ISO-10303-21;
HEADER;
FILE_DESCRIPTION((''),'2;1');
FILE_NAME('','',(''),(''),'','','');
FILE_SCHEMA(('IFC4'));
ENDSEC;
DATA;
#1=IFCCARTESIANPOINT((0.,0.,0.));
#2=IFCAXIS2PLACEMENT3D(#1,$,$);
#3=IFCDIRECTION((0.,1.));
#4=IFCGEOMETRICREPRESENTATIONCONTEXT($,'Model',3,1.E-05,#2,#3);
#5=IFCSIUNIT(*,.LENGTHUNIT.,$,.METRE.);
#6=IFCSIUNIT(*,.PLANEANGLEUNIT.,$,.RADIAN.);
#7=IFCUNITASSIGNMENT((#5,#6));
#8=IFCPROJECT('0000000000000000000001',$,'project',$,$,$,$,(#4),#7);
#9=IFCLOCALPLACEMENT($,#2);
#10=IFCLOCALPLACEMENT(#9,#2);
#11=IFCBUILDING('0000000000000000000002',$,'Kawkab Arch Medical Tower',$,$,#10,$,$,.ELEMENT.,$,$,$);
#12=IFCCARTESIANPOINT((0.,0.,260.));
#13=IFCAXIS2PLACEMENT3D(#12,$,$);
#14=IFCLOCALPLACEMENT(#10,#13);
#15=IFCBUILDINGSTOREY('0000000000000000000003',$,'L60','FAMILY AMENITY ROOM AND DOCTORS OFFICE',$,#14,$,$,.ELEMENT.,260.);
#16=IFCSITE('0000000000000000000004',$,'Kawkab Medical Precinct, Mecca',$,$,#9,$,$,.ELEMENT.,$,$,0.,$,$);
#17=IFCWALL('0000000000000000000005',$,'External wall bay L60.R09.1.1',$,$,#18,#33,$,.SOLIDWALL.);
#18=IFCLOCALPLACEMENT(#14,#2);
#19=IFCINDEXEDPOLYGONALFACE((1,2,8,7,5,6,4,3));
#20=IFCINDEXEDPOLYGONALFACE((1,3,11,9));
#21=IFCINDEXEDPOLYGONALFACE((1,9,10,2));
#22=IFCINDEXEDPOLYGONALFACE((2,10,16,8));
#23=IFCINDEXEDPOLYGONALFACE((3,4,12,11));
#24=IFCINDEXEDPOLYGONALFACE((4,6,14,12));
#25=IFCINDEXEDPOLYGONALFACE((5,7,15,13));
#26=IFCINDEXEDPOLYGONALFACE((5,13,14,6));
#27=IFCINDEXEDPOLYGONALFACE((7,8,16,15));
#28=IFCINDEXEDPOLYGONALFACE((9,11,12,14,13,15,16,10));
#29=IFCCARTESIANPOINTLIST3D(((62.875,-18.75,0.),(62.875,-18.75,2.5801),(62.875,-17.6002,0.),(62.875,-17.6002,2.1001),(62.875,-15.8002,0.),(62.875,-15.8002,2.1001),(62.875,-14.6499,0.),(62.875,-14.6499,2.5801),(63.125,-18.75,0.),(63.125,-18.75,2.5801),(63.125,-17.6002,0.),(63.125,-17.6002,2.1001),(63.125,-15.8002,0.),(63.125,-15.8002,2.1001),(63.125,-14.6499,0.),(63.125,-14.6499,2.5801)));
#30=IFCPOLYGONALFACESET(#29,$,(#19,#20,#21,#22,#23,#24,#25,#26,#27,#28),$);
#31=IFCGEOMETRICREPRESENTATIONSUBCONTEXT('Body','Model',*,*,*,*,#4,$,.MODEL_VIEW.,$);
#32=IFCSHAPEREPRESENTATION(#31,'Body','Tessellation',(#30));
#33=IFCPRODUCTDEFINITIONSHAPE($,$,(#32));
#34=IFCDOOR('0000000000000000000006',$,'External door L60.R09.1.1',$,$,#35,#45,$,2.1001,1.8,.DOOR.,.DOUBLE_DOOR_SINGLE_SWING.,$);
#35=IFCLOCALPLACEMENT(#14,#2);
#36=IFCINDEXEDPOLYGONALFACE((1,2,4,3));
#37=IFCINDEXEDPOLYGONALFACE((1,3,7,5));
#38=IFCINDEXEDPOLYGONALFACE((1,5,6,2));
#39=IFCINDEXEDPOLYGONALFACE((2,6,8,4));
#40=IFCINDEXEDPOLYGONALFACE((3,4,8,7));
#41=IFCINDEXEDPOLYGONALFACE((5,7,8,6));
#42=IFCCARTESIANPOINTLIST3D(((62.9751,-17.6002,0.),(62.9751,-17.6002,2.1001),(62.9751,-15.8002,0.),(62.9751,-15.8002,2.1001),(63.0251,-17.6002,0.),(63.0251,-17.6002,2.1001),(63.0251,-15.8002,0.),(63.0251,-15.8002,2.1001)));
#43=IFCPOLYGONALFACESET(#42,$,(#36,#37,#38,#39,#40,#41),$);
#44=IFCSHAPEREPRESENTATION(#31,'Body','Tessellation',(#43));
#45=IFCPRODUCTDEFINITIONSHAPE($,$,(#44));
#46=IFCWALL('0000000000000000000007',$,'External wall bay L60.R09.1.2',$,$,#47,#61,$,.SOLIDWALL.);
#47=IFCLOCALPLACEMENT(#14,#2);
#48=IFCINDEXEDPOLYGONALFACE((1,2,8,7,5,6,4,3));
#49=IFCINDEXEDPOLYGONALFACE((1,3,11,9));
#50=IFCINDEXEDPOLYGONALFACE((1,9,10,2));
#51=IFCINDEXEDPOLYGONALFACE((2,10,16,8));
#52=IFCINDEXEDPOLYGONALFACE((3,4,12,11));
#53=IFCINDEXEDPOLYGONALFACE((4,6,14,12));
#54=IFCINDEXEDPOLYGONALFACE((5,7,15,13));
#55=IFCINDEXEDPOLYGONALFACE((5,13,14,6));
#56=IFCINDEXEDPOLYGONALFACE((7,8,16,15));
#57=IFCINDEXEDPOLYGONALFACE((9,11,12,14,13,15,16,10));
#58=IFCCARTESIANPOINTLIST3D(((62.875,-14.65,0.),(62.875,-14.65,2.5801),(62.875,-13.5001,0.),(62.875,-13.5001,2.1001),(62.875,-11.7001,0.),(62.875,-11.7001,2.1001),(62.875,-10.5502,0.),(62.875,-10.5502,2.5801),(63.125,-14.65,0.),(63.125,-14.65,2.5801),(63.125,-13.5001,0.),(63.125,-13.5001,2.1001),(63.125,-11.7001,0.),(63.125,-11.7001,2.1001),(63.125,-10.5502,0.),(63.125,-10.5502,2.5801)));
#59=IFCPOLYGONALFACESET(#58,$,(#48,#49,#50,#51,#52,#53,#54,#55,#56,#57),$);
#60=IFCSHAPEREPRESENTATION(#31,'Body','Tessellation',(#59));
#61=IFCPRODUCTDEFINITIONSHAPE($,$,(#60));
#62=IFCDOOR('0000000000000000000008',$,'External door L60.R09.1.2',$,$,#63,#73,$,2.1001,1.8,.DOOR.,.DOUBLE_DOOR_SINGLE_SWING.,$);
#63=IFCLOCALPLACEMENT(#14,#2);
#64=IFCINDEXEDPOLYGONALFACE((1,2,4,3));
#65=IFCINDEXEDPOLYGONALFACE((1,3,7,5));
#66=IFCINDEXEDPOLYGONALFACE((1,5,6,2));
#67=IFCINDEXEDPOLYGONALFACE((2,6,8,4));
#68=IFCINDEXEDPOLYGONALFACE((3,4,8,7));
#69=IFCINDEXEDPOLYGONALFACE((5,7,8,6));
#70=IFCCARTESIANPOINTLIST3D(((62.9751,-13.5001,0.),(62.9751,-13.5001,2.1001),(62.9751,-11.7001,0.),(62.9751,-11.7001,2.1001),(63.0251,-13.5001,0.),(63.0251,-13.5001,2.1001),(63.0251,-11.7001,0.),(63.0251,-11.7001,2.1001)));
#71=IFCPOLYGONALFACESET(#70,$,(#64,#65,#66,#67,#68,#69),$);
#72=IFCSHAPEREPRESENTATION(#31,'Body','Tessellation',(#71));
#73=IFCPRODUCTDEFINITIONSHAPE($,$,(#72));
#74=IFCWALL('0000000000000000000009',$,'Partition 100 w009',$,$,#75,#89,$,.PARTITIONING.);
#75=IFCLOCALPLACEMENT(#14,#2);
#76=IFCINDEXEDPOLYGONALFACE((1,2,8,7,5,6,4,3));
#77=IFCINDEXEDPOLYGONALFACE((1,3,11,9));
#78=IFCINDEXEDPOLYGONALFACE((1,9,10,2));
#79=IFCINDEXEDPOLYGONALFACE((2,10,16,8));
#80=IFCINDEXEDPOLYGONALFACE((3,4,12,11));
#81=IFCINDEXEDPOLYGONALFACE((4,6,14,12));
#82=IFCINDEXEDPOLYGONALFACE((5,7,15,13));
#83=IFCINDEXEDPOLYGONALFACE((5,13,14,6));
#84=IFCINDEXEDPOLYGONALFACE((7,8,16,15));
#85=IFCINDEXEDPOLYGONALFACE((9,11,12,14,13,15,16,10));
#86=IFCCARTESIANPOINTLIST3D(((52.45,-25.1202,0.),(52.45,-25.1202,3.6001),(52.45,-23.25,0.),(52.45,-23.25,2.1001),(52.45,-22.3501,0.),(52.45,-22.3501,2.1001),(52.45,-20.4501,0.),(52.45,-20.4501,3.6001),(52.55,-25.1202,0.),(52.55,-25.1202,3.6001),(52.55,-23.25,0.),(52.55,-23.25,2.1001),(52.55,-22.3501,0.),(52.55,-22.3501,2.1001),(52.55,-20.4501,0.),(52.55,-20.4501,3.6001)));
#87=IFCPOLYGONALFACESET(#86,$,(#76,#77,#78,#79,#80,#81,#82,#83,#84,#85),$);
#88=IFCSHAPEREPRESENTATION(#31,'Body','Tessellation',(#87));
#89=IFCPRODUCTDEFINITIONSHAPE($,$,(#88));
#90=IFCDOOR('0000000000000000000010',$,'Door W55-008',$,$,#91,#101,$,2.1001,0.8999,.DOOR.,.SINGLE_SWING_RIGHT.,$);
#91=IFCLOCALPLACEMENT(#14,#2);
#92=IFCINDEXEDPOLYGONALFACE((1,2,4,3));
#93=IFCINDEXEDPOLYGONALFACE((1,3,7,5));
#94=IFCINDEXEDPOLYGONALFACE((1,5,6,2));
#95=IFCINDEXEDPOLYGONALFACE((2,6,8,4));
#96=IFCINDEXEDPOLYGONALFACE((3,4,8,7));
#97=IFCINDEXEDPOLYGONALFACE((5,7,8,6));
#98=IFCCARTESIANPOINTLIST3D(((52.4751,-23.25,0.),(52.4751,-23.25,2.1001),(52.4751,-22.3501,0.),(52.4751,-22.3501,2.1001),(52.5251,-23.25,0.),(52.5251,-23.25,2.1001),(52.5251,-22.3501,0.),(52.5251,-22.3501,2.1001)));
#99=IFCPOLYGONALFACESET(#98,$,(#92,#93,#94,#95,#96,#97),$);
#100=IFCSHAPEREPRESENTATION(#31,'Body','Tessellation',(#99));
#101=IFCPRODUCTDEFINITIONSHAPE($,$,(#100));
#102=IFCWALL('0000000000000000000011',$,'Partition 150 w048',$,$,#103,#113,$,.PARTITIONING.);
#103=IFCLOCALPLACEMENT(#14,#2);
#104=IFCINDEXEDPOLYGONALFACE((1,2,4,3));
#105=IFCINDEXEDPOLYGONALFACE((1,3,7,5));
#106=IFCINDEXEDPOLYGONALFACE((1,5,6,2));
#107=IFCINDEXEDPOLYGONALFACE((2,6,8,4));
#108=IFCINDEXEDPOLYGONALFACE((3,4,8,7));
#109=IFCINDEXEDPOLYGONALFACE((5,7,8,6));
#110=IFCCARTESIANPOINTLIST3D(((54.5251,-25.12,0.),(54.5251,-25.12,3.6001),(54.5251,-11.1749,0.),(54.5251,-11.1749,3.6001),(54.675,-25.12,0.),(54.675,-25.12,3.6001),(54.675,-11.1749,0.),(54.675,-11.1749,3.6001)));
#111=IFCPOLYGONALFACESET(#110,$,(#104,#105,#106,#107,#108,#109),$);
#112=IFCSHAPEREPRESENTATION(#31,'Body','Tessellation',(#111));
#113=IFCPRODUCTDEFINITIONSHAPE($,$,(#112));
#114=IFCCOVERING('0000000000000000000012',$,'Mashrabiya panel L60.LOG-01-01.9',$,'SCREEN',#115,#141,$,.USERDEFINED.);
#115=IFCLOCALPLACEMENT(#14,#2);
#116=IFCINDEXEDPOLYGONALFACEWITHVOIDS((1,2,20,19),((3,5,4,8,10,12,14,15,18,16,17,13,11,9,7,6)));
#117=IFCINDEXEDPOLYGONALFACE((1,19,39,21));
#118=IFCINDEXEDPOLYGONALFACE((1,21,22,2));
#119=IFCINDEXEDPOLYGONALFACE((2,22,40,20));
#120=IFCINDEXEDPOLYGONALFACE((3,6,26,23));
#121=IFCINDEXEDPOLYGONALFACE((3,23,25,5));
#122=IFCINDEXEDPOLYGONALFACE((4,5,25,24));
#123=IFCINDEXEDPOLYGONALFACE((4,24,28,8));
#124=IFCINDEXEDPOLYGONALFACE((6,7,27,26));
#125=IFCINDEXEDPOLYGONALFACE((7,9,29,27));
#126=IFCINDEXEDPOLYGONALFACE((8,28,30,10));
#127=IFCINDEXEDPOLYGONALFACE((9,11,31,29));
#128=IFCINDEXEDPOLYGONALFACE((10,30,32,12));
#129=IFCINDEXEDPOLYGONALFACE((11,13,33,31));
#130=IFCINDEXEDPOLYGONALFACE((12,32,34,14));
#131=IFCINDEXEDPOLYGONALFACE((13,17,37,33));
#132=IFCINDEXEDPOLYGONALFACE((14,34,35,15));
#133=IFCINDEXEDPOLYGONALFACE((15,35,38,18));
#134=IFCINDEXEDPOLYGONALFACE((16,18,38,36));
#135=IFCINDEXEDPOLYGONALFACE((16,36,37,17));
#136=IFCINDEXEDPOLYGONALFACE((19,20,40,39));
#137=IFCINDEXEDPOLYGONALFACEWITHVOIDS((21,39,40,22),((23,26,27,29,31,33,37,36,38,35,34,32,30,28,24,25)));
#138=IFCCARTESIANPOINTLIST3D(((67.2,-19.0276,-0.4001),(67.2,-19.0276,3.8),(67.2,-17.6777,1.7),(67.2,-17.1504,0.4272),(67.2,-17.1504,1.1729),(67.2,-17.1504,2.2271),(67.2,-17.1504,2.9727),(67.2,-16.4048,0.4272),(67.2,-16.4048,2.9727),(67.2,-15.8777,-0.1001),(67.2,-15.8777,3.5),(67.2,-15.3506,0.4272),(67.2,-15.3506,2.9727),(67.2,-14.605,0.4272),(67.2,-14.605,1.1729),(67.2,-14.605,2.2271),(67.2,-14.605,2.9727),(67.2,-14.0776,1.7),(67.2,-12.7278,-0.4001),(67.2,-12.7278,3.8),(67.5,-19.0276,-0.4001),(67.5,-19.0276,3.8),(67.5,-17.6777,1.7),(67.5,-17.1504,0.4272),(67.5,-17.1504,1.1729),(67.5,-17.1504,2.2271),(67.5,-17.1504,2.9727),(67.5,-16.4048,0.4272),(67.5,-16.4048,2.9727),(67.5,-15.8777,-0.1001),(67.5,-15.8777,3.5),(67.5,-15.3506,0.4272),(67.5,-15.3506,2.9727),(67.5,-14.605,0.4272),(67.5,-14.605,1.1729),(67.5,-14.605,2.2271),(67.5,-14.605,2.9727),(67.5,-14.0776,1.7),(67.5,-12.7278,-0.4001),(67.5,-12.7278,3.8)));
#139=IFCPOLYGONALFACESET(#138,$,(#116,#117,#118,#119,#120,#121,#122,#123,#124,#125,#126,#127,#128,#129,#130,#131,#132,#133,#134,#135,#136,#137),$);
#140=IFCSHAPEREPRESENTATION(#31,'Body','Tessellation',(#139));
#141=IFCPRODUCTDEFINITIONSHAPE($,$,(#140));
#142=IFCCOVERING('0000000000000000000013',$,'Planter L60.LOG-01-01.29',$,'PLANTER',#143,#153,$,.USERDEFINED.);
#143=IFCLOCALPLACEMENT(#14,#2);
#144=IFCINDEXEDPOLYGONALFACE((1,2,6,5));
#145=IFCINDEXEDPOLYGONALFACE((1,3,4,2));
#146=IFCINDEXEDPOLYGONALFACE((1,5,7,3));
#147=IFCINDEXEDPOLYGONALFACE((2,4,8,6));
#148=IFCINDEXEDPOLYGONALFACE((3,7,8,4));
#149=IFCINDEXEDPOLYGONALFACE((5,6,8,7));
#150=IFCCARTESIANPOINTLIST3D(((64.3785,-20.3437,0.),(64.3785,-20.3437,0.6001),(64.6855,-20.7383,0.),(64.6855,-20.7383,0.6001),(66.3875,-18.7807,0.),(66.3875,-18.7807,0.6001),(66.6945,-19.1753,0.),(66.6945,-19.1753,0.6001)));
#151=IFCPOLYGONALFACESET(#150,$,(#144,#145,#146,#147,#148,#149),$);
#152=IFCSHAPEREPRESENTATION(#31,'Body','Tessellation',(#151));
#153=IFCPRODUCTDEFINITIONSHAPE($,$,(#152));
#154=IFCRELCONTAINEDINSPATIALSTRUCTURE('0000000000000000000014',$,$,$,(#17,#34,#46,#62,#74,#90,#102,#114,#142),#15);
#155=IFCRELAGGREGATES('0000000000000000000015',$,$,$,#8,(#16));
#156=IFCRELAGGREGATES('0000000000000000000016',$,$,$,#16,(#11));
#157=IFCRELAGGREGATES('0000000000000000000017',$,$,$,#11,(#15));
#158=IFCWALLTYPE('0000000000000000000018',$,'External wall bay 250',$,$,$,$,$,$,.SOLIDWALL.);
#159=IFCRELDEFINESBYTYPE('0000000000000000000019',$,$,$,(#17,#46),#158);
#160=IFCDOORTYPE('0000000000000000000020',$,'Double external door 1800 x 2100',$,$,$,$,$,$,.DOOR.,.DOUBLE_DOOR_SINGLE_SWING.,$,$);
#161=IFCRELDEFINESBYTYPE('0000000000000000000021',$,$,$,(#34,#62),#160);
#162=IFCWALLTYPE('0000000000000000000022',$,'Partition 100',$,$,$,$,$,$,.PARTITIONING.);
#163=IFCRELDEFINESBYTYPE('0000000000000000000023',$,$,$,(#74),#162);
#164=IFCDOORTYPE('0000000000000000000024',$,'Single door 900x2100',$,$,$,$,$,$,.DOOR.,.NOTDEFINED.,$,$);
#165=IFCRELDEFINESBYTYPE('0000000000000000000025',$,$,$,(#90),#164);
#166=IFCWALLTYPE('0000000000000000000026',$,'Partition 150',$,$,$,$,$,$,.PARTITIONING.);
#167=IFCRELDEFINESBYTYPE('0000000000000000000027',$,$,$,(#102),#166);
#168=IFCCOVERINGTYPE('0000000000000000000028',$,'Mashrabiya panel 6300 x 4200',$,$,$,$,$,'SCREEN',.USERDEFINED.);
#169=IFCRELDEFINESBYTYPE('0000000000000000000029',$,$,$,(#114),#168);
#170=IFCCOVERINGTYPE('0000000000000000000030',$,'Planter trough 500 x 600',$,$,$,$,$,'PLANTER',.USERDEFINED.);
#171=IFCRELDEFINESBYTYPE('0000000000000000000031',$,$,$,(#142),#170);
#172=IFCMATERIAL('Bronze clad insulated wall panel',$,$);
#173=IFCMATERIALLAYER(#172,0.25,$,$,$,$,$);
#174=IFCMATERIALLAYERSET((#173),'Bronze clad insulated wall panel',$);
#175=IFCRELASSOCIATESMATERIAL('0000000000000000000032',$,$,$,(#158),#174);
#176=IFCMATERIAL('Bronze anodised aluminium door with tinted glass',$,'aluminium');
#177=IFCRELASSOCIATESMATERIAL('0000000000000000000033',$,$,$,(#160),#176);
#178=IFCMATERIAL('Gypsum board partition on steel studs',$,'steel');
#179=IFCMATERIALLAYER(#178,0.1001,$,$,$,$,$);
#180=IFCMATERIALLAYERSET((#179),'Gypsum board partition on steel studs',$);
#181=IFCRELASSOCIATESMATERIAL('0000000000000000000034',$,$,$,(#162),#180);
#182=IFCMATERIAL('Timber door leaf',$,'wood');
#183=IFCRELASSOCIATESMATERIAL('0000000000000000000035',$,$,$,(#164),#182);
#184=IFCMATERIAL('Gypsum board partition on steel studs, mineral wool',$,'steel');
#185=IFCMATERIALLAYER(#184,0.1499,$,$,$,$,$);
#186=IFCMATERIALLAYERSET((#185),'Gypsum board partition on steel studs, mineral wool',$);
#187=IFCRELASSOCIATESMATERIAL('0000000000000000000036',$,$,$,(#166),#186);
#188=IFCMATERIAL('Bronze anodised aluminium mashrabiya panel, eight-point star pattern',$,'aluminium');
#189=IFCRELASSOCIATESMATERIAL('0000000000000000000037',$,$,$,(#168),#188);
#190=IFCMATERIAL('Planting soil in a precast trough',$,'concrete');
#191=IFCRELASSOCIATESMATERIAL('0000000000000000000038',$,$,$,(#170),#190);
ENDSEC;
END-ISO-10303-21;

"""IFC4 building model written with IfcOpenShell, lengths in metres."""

from ifc_helpers import new_model, si_unit, direction, frame, frame_2d, origin, origin_2d, place, context, subcontext, project, spatial, polyline, rectangle, outline, extrude, material, layer, layer_set, material_profile, profile_set, type_object, element, fill, save


model = new_model("IFC4")

# Units and contexts
model_context = context("Model", 3, precision=1e-05, world=origin(), true_north=direction((0.0, 1.0)))
body_context = subcontext(model_context, "Body", "Model", "MODEL_VIEW")
ifc_project = project(units=[si_unit("LENGTHUNIT", "METRE"), si_unit("PLANEANGLEUNIT", "RADIAN")], contexts=[model_context])

# Site, building, storey
site_placement = place(None, origin())
site = spatial("IfcSite", under=ifc_project, at=site_placement, Name="Kawkab Medical Precinct, Mecca", CompositionType="ELEMENT", RefElevation=0.0)
building_placement = place(site_placement, origin())
building = spatial("IfcBuilding", under=site, at=building_placement, Name="Kawkab Arch Medical Tower", CompositionType="ELEMENT")
storey_placement = place(building_placement, frame((0.0, 0.0, 260.0)))
storey = spatial("IfcBuildingStorey", under=building, at=storey_placement, Name="L60", Description="FAMILY AMENITY ROOM AND DOCTORS OFFICE", CompositionType="ELEMENT", Elevation=260.0)

# Walls, openings, doors
ifc_material_1 = material(Name="Bronze clad insulated wall panel")
ifc_layer_1 = layer(ifc_material_1, 0.25)
ifc_layer_set_1 = layer_set([ifc_layer_1], Name="Bronze clad insulated wall panel")
wall_type_1 = type_object("IfcWallType", Name="External wall bay 250", PredefinedType="SOLIDWALL", material=ifc_layer_set_1)
wall_1_placement = place(storey_placement, frame((63.0, -18.75, 0.0), z_axis=(0.0, 0.0, 1.0), x_axis=(0.0, 1.0, 0.0)))
wall_1 = element("IfcWall", 1, at=wall_1_placement, inside=storey, type_object=wall_type_1, Name="External wall bay L60.R09.1.1", PredefinedType="SOLIDWALL", context=body_context, shape_type="SweptSolid", body=[
    extrude(rectangle(XDim=4.1001, YDim=0.25, at=frame_2d((2.05, 0.0))), origin(), (0.0, 0.0, 1.0), 2.5801),
])
opening_1_placement = place(wall_1_placement, frame((1.1499, 0.0, 0.0)))
opening_1 = element("IfcOpeningElement", 2, at=opening_1_placement, cuts=wall_1, PredefinedType="OPENING", context=body_context, shape_type="SweptSolid", body=[
    extrude(rectangle(XDim=1.8, YDim=2.1001, at=frame_2d((0.8999, 1.05))), frame((0.0, 0.135, 0.0), z_axis=(0.0, -1.0, 0.0), x_axis=(1.0, 0.0, 0.0)), (0.0, 0.0, 1.0), 0.27),
])
ifc_material_2 = material(Name="Bronze anodised aluminium door with tinted glass", Category="aluminium")
door_type_1 = type_object("IfcDoorType", Name="Double external door 1800 x 2100", OperationType="DOUBLE_DOOR_SINGLE_SWING", PredefinedType="DOOR", material=ifc_material_2)
door_1_placement = place(opening_1_placement, origin())
door_1 = element("IfcDoor", 3, at=door_1_placement, inside=storey, type_object=door_type_1, Name="External door L60.R09.1.1", OperationType="DOUBLE_DOOR_SINGLE_SWING", OverallHeight=2.1001, OverallWidth=1.8, PredefinedType="DOOR", context=body_context, shape_type="SweptSolid", body=[
    extrude(rectangle(XDim=1.8, YDim=2.1001, at=frame_2d((0.8999, 1.05))), frame((0.0, 0.0249, 0.0), z_axis=(0.0, -1.0, 0.0), x_axis=(1.0, 0.0, 0.0)), (0.0, 0.0, 1.0), 0.05),
])
fill(opening_1, door_1)
wall_2_placement = place(storey_placement, frame((63.0, -14.6499, 0.0), z_axis=(0.0, 0.0, 1.0), x_axis=(0.0, 1.0, 0.0)))
wall_2 = element("IfcWall", 4, at=wall_2_placement, inside=storey, type_object=wall_type_1, Name="External wall bay L60.R09.1.2", PredefinedType="SOLIDWALL", context=body_context, shape_type="SweptSolid", body=[
    extrude(rectangle(XDim=4.0999, YDim=0.25, at=frame_2d((2.0498, 0.0))), origin(), (0.0, 0.0, 1.0), 2.5801),
])
opening_2_placement = place(wall_2_placement, frame((1.1499, 0.0, 0.0)))
opening_2 = element("IfcOpeningElement", 5, at=opening_2_placement, cuts=wall_2, PredefinedType="OPENING", context=body_context, shape_type="SweptSolid", body=[
    extrude(rectangle(XDim=1.8, YDim=2.1001, at=frame_2d((0.8999, 1.05))), frame((0.0, 0.135, 0.0), z_axis=(0.0, -1.0, 0.0), x_axis=(1.0, 0.0, 0.0)), (0.0, 0.0, 1.0), 0.27),
])
door_2_placement = place(opening_2_placement, origin())
door_2 = element("IfcDoor", 6, at=door_2_placement, inside=storey, type_object=door_type_1, Name="External door L60.R09.1.2", OperationType="DOUBLE_DOOR_SINGLE_SWING", OverallHeight=2.1001, OverallWidth=1.8, PredefinedType="DOOR", context=body_context, shape_type="SweptSolid", body=[
    extrude(rectangle(XDim=1.8, YDim=2.1001, at=frame_2d((0.8999, 1.05))), frame((0.0, 0.0249, 0.0), z_axis=(0.0, -1.0, 0.0), x_axis=(1.0, 0.0, 0.0)), (0.0, 0.0, 1.0), 0.05),
])
fill(opening_2, door_2)
ifc_material_3 = material(Name="Gypsum board partition on steel studs", Category="steel")
ifc_layer_2 = layer(ifc_material_3, 0.1001)
ifc_layer_set_2 = layer_set([ifc_layer_2], Name="Gypsum board partition on steel studs")
wall_type_2 = type_object("IfcWallType", Name="Partition 100", PredefinedType="PARTITIONING", material=ifc_layer_set_2)
wall_3_placement = place(storey_placement, frame((52.5, -25.1201, 0.0), z_axis=(0.0, 0.0, 1.0), x_axis=(0.0, 1.0, 0.0)))
wall_3 = element("IfcWall", 7, at=wall_3_placement, inside=storey, type_object=wall_type_2, Name="Partition 100 w009", PredefinedType="PARTITIONING", context=body_context, shape_type="SweptSolid", body=[
    extrude(rectangle(XDim=4.6702, YDim=0.1001, at=frame_2d((2.335, 0.0))), origin(), (0.0, 0.0, 1.0), 3.6001),
])
opening_3_placement = place(wall_3_placement, frame((1.8701, 0.0, 0.0)))
opening_3 = element("IfcOpeningElement", 8, at=opening_3_placement, cuts=wall_3, PredefinedType="OPENING", context=body_context, shape_type="SweptSolid", body=[
    extrude(rectangle(XDim=0.8999, YDim=2.1001, at=frame_2d((0.45, 1.05))), frame((0.0, 0.0601, 0.0), z_axis=(0.0, -1.0, 0.0), x_axis=(1.0, 0.0, 0.0)), (0.0, 0.0, 1.0), 0.1201),
])
ifc_material_4 = material(Name="Timber door leaf", Category="wood")
door_type_2 = type_object("IfcDoorType", Name="Single door 900x2100", OperationType="NOTDEFINED", PredefinedType="DOOR", material=ifc_material_4)
door_3_placement = place(opening_3_placement, origin())
door_3 = element("IfcDoor", 9, at=door_3_placement, inside=storey, type_object=door_type_2, Name="Door W55-008", OperationType="SINGLE_SWING_RIGHT", OverallHeight=2.1001, OverallWidth=0.8999, PredefinedType="DOOR", context=body_context, shape_type="SweptSolid", body=[
    extrude(rectangle(XDim=0.8999, YDim=2.1001, at=frame_2d((0.45, 1.05))), frame((0.0, 0.0249, 0.0), z_axis=(0.0, -1.0, 0.0), x_axis=(1.0, 0.0, 0.0)), (0.0, 0.0, 1.0), 0.05),
])
fill(opening_3, door_3)

# Wall
ifc_material_5 = material(Name="Gypsum board partition on steel studs, mineral wool", Category="steel")
ifc_layer_3 = layer(ifc_material_5, 0.1499)
ifc_layer_set_3 = layer_set([ifc_layer_3], Name="Gypsum board partition on steel studs, mineral wool")
wall_type_3 = type_object("IfcWallType", Name="Partition 150", PredefinedType="PARTITIONING", material=ifc_layer_set_3)
wall_4_placement = place(storey_placement, frame((54.6001, -25.1201, 0.0), z_axis=(0.0, 0.0, 1.0), x_axis=(0.0, 1.0, 0.0)))
element("IfcWall", 10, at=wall_4_placement, inside=storey, type_object=wall_type_3, Name="Partition 150 w048", PredefinedType="PARTITIONING", context=body_context, shape_type="SweptSolid", body=[
    extrude(rectangle(XDim=13.9451, YDim=0.1499, at=frame_2d((6.9727, 0.0))), origin(), (0.0, 0.0, 1.0), 3.6001),
])

# Coverings
ifc_material_6 = material(Name="Bronze anodised aluminium mashrabiya panel, eight-point star pattern", Category="aluminium")
ifc_material_profile_1 = material_profile(ifc_material_6, outline(polyline([(-3.1499, -2.1001), (3.1499, -2.1001), (3.1499, 2.1001), (-3.1499, 2.1001), (-3.1499, -2.1001)]), holes=[polyline([(1.8, 0.0), (1.2727, 0.5271), (1.2727, 1.2727), (0.5271, 1.2727), (0.0, 1.8), (-0.5271, 1.2727), (-1.2727, 1.2727), (-1.2727, 0.5271), (-1.8, 0.0), (-1.2727, -0.5271), (-1.2727, -1.2727), (-0.5271, -1.2727), (0.0, -1.8), (0.5271, -1.2727), (1.2727, -1.2727), (1.2727, -0.5271), (1.8, 0.0)])]), Name="Mashrabiya panel 6300x4200")
ifc_profile_set_1 = profile_set([ifc_material_profile_1], Name="Bronze anodised aluminium mashrabiya panel, eight-point star pattern")
covering_type_1 = type_object("IfcCoveringType", Name="Mashrabiya panel 6300 x 4200", ElementType="SCREEN", PredefinedType="USERDEFINED", material=ifc_profile_set_1)
covering_1_placement = place(storey_placement, frame((67.2, -15.8777, 1.7), z_axis=(1.0, 0.0, 0.0), x_axis=(0.0, 1.0, 0.0)))
element("IfcCovering", 11, at=covering_1_placement, inside=storey, type_object=covering_type_1, Name="Mashrabiya panel L60.LOG-01-01.9", ObjectType="SCREEN", PredefinedType="USERDEFINED", context=body_context, shape_type="SweptSolid", body=[
    extrude(outline(polyline([(-3.1499, -2.1001), (3.1499, -2.1001), (3.1499, 2.1001), (-3.1499, 2.1001), (-3.1499, -2.1001)]), holes=[polyline([(1.8, 0.0), (1.2727, 0.5271), (1.2727, 1.2727), (0.5271, 1.2727), (0.0, 1.8), (-0.5271, 1.2727), (-1.2727, 1.2727), (-1.2727, 0.5271), (-1.8, 0.0), (-1.2727, -0.5271), (-1.2727, -1.2727), (-0.5271, -1.2727), (0.0, -1.8), (0.5271, -1.2727), (1.2727, -1.2727), (1.2727, -0.5271), (1.8, 0.0)])]), origin(), (0.0, 0.0, 1.0), 0.3),
])
ifc_material_7 = material(Name="Planting soil in a precast trough", Category="concrete")
ifc_material_profile_2 = material_profile(ifc_material_7, rectangle(XDim=0.5, YDim=0.6001, at=origin_2d()), Name="Trough 500x600")
ifc_profile_set_2 = profile_set([ifc_material_profile_2], Name="Planting soil in a precast trough")
covering_type_2 = type_object("IfcCoveringType", Name="Planter trough 500 x 600", ElementType="PLANTER", PredefinedType="USERDEFINED", material=ifc_profile_set_2)
covering_2_placement = place(storey_placement, frame((66.541, -18.978, 0.3), z_axis=(-0.789275, -0.61404, 0.0), x_axis=(0.61404, -0.789275, 0.0)))
element("IfcCovering", 12, at=covering_2_placement, inside=storey, type_object=covering_type_2, Name="Planter L60.LOG-01-01.29", ObjectType="PLANTER", PredefinedType="USERDEFINED", context=body_context, shape_type="SweptSolid", body=[
    extrude(rectangle(XDim=0.5, YDim=0.6001, at=origin_2d()), origin(), (0.0, 0.0, 1.0), 2.5454),
])

save(model, "model.ifc")
